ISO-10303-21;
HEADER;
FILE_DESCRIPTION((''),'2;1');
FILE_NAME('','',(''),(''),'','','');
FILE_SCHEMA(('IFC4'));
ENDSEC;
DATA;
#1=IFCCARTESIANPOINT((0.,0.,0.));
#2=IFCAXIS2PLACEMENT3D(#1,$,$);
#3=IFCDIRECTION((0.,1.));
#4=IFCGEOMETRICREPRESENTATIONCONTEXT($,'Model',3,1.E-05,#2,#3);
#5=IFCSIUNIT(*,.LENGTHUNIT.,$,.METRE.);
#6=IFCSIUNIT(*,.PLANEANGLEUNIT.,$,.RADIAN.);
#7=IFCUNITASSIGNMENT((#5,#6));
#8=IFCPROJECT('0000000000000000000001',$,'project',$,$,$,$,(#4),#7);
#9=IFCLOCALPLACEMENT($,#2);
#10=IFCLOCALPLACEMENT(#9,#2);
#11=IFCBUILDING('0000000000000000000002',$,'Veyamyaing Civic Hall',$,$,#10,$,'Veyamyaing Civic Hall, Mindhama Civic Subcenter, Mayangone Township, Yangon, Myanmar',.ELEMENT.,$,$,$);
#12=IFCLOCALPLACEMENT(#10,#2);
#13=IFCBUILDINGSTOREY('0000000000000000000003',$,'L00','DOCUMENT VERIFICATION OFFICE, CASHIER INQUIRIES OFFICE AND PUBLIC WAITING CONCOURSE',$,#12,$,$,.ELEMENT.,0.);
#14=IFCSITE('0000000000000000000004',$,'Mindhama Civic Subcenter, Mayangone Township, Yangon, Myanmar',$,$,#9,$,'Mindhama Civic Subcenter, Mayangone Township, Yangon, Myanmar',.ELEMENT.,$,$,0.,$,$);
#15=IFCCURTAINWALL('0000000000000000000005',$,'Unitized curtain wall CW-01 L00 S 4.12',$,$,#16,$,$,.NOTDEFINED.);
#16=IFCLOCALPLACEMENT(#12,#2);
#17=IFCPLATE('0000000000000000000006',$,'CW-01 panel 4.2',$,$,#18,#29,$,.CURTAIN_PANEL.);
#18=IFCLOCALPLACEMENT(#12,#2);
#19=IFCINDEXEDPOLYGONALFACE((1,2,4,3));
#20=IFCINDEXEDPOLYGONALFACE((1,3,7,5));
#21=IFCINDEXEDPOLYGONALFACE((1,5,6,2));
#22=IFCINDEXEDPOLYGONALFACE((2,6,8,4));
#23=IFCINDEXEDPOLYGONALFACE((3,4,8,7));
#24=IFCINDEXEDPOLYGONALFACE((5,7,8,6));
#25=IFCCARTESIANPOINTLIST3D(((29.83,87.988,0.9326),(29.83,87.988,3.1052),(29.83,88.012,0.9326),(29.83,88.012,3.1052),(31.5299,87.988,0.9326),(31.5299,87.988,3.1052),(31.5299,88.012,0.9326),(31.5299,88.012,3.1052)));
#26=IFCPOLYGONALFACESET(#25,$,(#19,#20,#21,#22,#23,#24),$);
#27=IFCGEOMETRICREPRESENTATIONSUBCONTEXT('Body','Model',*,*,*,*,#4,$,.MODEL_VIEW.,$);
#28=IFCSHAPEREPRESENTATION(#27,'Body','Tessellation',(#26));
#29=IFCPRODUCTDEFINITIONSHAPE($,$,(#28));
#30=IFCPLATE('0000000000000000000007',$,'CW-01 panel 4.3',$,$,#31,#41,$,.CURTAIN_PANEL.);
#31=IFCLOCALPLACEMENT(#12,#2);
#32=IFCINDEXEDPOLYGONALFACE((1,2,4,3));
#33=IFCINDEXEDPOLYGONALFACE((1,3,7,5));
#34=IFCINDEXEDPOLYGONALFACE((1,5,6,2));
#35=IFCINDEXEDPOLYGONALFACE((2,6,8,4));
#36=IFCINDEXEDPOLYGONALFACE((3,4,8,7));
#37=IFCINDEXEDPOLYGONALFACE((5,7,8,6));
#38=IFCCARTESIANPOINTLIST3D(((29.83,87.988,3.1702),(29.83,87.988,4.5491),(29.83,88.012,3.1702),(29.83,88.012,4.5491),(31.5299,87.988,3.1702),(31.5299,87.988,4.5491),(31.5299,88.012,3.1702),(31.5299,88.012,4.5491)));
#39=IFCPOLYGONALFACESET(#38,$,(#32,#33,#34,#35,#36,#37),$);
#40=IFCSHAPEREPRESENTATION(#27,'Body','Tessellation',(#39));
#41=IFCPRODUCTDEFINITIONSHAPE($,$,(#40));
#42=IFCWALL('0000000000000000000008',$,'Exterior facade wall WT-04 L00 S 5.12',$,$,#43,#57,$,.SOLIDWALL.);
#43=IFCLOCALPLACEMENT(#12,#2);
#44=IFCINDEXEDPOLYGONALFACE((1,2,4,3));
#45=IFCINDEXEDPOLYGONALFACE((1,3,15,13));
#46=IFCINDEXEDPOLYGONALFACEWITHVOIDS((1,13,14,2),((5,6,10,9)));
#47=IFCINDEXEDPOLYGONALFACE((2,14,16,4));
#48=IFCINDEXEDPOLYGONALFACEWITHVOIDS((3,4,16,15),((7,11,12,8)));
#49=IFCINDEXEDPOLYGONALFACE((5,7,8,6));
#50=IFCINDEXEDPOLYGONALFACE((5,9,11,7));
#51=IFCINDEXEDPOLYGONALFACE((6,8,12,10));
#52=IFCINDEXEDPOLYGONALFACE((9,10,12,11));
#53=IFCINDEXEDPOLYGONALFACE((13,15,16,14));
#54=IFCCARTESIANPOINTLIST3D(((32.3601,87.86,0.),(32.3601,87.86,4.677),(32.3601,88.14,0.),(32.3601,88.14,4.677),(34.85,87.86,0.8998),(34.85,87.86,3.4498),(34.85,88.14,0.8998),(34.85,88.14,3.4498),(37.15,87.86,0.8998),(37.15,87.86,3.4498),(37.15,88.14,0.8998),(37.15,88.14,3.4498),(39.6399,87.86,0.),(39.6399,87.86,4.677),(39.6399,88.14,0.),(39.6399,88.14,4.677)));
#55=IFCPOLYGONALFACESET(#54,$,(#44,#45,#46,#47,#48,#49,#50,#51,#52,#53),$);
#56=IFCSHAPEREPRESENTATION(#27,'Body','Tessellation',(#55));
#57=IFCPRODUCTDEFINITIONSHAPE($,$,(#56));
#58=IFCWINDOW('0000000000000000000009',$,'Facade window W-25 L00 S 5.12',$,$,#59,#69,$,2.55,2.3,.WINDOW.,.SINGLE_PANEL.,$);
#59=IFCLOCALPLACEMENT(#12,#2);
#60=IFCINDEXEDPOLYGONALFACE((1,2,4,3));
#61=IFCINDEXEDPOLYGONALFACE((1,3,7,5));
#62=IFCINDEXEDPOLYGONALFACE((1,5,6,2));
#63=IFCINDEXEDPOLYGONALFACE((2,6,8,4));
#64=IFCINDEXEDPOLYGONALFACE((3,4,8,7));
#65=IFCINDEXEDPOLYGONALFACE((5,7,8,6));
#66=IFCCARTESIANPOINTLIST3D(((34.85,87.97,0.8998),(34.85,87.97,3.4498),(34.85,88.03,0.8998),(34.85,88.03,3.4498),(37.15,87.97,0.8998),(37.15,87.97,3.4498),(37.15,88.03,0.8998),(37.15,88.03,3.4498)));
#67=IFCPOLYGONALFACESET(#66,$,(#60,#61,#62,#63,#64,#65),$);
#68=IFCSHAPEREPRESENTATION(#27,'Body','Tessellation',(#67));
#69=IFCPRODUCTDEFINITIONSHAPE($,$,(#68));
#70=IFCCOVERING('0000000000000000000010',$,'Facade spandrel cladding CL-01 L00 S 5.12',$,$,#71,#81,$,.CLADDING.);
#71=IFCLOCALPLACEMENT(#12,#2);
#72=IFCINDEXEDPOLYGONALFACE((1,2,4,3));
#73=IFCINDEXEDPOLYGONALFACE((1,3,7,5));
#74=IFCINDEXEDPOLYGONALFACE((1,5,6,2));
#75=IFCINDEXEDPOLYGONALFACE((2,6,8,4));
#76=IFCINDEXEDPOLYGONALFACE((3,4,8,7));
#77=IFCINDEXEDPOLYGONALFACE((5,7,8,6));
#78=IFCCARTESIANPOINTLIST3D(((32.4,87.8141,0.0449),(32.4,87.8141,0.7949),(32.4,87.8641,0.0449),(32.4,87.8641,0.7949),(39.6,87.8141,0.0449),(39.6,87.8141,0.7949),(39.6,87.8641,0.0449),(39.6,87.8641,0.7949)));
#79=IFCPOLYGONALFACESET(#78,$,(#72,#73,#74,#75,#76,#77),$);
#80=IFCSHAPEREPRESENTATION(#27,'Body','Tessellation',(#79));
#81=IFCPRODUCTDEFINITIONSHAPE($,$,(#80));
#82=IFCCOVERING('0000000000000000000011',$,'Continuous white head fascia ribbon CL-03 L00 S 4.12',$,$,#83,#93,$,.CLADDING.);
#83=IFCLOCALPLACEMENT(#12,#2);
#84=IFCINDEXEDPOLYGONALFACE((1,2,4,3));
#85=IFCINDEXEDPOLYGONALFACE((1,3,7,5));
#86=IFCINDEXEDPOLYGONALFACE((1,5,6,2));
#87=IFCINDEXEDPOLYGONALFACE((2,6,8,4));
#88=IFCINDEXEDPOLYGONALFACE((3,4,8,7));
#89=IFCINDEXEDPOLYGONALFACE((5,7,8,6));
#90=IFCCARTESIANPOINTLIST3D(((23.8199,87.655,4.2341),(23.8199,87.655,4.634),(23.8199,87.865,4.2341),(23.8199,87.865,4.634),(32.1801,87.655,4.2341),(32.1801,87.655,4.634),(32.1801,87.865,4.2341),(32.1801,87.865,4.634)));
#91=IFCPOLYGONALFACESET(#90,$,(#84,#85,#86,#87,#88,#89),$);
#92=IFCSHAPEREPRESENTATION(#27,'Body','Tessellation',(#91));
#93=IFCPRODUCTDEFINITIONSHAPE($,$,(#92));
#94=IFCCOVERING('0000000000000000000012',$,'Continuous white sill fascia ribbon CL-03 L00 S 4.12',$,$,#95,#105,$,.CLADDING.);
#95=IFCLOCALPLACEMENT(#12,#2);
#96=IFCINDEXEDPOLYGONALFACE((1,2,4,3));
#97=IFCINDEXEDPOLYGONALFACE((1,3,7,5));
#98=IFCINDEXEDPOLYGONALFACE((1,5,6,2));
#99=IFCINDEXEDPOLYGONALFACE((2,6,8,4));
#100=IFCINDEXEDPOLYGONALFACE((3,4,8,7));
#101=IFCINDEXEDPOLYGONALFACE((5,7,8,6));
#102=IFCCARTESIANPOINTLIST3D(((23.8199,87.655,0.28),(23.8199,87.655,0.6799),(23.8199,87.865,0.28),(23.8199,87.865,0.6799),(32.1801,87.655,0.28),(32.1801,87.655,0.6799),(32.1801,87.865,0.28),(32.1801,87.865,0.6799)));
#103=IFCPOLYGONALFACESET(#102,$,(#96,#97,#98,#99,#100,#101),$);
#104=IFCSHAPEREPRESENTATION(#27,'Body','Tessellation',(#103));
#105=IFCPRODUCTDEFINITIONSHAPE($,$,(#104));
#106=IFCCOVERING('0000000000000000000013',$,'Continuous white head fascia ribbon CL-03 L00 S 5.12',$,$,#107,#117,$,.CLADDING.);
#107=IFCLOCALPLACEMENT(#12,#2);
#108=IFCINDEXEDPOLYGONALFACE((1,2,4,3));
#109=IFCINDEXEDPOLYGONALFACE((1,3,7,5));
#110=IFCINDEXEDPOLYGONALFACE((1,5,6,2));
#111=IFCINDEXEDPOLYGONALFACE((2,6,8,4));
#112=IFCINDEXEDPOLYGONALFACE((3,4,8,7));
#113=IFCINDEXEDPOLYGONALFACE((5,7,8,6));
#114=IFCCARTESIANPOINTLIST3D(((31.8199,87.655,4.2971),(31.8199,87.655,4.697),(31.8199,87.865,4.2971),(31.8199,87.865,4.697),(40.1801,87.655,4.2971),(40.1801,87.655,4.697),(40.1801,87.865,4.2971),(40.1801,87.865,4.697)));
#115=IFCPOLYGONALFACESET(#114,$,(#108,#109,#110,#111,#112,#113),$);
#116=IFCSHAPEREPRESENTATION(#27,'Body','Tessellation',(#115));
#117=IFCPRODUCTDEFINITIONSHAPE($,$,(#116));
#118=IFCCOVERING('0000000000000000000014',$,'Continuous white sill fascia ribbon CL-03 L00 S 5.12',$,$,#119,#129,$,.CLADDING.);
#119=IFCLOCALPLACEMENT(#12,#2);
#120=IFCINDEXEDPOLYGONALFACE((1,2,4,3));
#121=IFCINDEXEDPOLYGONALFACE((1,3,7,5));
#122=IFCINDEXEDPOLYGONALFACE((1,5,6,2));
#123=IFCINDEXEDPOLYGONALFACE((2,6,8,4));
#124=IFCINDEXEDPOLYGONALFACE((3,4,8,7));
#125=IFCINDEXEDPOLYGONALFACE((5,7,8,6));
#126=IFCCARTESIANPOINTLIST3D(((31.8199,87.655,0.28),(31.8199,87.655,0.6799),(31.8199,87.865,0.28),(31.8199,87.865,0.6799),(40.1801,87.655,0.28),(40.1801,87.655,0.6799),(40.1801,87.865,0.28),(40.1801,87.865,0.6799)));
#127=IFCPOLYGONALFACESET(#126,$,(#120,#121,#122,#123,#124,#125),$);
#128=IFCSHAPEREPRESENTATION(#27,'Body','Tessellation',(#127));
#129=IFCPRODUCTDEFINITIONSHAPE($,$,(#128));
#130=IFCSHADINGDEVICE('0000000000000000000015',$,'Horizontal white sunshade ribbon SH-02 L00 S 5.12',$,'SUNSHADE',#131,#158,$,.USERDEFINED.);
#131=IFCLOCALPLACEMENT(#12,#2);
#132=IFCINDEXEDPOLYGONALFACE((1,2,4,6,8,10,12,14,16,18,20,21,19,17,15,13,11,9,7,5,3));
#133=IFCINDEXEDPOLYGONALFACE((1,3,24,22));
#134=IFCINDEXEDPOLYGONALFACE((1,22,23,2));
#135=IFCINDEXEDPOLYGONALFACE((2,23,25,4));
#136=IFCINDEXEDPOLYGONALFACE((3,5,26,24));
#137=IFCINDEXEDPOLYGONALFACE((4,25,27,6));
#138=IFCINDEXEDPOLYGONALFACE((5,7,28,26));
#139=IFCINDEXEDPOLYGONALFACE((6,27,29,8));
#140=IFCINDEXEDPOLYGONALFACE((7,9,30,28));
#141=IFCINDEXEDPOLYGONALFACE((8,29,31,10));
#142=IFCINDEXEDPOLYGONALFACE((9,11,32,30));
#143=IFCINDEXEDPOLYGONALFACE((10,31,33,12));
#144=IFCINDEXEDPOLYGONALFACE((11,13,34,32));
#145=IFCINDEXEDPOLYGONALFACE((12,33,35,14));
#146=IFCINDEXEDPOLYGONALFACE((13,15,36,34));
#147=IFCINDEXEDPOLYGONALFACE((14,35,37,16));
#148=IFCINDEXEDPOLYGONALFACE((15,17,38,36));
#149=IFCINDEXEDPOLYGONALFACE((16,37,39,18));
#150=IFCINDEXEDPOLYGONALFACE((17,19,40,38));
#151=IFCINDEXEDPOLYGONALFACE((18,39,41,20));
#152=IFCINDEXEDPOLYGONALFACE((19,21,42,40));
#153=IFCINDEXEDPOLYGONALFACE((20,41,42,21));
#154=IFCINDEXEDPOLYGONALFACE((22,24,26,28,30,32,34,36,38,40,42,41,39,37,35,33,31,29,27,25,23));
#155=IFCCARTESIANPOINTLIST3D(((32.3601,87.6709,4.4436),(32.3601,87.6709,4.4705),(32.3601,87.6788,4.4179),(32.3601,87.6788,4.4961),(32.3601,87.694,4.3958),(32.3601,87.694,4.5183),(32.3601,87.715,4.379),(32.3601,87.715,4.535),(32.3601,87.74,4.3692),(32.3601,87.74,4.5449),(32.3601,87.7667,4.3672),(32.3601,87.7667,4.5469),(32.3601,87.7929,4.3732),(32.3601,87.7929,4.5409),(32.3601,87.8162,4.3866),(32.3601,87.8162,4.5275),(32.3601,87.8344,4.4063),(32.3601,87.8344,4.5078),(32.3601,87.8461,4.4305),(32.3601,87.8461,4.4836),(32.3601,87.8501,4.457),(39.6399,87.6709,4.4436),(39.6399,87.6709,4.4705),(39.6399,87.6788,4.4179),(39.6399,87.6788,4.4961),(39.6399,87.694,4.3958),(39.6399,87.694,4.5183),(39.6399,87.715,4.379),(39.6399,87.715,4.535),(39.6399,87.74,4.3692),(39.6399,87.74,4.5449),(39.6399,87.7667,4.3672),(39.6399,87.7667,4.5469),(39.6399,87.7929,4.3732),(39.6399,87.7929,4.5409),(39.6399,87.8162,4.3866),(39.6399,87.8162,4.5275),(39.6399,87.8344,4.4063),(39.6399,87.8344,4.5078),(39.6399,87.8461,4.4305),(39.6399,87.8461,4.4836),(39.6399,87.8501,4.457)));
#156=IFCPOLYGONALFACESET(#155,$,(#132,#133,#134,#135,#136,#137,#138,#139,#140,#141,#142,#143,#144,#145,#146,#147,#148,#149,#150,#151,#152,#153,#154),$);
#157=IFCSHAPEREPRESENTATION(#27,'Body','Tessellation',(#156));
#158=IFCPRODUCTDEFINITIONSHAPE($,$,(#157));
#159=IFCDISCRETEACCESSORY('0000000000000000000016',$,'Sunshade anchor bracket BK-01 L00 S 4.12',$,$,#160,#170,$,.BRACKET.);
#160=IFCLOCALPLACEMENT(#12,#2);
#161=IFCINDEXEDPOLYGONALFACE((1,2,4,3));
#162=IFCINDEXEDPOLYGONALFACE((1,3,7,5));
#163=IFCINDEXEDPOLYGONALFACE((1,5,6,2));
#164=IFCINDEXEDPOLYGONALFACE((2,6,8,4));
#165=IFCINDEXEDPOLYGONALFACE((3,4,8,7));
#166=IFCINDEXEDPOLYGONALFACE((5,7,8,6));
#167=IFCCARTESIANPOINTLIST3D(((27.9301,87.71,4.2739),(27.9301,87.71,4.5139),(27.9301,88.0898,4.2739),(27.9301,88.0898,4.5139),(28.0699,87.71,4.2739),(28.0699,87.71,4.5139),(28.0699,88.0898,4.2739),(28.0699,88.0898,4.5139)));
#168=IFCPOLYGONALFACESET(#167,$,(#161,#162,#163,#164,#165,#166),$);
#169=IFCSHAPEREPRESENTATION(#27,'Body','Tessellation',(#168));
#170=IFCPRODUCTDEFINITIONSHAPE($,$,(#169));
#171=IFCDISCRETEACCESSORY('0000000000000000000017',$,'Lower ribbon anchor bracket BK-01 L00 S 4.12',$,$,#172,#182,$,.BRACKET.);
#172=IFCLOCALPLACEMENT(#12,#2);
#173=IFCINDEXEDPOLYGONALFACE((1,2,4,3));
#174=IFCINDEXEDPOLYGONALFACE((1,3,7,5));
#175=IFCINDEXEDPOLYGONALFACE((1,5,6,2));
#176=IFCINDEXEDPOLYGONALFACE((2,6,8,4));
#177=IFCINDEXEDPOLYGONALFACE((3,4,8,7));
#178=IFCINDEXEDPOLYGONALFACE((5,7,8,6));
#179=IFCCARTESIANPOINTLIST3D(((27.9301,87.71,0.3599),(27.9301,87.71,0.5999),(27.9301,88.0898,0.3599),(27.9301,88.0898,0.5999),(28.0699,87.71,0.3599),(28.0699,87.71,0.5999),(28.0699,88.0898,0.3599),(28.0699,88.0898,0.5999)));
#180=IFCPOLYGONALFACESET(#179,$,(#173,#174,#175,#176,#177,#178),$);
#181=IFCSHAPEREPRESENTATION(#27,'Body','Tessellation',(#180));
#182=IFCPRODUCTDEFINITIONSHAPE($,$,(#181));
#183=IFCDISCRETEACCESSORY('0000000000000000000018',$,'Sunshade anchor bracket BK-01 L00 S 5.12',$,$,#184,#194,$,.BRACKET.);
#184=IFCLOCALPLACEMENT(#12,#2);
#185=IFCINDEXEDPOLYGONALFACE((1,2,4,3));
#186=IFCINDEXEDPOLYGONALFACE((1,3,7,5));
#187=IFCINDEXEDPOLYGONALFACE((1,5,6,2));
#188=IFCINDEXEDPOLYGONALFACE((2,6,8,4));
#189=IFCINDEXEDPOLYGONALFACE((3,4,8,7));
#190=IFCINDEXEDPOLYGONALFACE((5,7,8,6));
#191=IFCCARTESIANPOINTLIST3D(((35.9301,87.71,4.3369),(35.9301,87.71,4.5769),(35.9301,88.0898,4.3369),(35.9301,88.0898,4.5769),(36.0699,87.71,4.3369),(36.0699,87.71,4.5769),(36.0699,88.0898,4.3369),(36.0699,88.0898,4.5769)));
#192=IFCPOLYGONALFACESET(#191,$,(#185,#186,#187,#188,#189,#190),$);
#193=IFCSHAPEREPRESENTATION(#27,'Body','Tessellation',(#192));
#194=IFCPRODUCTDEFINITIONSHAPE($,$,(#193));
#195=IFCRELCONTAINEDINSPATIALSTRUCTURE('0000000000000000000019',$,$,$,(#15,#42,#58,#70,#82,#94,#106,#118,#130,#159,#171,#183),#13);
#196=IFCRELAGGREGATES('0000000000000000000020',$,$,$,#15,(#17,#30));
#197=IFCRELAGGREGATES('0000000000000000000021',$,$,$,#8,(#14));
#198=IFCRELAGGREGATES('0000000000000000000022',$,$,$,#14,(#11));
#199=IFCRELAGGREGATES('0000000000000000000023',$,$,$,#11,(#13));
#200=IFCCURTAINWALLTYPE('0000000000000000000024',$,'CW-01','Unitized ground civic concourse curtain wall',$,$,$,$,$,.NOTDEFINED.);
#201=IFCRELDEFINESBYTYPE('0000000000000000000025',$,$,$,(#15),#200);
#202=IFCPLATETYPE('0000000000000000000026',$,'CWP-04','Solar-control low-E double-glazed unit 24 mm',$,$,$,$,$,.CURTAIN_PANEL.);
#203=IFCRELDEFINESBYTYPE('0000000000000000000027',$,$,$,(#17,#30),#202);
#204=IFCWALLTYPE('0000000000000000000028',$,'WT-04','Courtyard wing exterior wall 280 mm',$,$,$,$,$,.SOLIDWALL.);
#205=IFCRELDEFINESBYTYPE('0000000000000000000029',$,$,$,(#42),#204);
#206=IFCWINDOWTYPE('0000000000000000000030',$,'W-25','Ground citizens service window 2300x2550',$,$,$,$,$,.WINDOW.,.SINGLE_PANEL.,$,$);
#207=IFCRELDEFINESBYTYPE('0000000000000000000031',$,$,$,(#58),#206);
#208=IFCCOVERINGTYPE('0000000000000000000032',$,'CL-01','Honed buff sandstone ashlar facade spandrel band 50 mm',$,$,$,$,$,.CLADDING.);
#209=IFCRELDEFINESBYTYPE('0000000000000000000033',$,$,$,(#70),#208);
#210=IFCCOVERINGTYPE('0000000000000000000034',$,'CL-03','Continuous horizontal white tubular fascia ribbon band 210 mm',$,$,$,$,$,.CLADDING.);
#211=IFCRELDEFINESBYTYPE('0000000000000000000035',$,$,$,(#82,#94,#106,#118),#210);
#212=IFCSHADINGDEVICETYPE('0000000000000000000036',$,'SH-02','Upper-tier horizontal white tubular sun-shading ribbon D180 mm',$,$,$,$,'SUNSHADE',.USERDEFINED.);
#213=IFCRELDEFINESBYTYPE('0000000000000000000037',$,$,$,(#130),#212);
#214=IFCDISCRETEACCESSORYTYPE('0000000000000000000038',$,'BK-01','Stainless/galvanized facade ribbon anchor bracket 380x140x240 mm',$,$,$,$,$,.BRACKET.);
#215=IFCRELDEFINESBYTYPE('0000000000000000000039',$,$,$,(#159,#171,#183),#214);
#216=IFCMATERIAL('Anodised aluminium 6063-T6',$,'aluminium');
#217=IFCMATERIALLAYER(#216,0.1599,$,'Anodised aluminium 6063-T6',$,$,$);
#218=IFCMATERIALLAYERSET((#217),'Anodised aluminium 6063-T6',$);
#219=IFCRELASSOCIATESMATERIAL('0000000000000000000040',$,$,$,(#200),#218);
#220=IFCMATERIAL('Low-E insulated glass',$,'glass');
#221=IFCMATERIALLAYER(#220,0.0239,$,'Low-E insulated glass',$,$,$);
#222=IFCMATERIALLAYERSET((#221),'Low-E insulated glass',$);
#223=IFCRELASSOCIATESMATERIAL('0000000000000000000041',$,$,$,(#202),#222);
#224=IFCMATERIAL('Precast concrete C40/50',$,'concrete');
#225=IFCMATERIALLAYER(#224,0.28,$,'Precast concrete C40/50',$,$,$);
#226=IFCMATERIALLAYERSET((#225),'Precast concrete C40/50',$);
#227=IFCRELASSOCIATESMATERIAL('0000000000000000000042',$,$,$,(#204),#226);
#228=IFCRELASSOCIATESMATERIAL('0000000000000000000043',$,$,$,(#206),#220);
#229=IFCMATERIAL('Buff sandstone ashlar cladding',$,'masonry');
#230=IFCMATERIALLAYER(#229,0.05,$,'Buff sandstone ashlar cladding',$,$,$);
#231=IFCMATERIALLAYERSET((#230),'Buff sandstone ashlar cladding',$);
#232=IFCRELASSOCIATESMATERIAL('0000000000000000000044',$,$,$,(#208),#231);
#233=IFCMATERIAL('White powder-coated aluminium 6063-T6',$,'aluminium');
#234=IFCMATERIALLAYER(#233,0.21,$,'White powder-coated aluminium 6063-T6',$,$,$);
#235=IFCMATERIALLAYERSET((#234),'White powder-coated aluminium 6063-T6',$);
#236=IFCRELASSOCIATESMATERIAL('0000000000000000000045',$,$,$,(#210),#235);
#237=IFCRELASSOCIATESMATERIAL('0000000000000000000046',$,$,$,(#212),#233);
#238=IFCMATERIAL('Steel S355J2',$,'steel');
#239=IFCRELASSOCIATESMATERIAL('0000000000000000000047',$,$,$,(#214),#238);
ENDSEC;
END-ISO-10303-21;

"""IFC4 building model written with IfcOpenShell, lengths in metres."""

from ifc_helpers import new_model, si_unit, direction, frame, frame_2d, origin, origin_2d, place, context, subcontext, project, spatial, rectangle, circle, extrude, material, layer, layer_set, material_profile, profile_set, type_object, element, fill, aggregate, save


model = new_model("IFC4")

# Units and contexts
model_context = context("Model", 3, precision=1e-05, world=origin(), true_north=direction((0.0, 1.0)))
body_context = subcontext(model_context, "Body", "Model", "MODEL_VIEW")
ifc_project = project(units=[si_unit("LENGTHUNIT", "METRE"), si_unit("PLANEANGLEUNIT", "RADIAN")], contexts=[model_context])

# Site, building, storey
site_placement = place(None, origin())
site = spatial("IfcSite", under=ifc_project, at=site_placement, Name="Mindhama Civic Subcenter, Mayangone Township, Yangon, Myanmar", LongName="Mindhama Civic Subcenter, Mayangone Township, Yangon, Myanmar", CompositionType="ELEMENT", RefElevation=0.0)
building_placement = place(site_placement, origin())
building = spatial("IfcBuilding", under=site, at=building_placement, Name="Veyamyaing Civic Hall", LongName="Veyamyaing Civic Hall, Mindhama Civic Subcenter, Mayangone Township, Yangon, Myanmar", CompositionType="ELEMENT")
storey_placement = place(building_placement, origin())
storey = spatial("IfcBuildingStorey", under=building, at=storey_placement, Name="L00", Description="DOCUMENT VERIFICATION OFFICE, CASHIER INQUIRIES OFFICE AND PUBLIC WAITING CONCOURSE", CompositionType="ELEMENT", Elevation=0.0)

# Curtain wall
ifc_material_1 = material(Name="Anodised aluminium 6063-T6", Category="aluminium")
ifc_layer_1 = layer(ifc_material_1, 0.1599, Name="Anodised aluminium 6063-T6")
ifc_layer_set_1 = layer_set([ifc_layer_1], Name="Anodised aluminium 6063-T6")
curtain_wall_type = type_object("IfcCurtainWallType", Name="CW-01", Description="Unitized ground civic concourse curtain wall", PredefinedType="NOTDEFINED", material=ifc_layer_set_1)
curtain_wall_placement = place(storey_placement, origin())
curtain_wall = element("IfcCurtainWall", 1, at=curtain_wall_placement, inside=storey, type_object=curtain_wall_type, Name="Unitized curtain wall CW-01 L00 S 4.12", PredefinedType="NOTDEFINED")

# Plates
ifc_material_2 = material(Name="Low-E insulated glass", Category="glass")
ifc_layer_2 = layer(ifc_material_2, 0.0239, Name="Low-E insulated glass")
ifc_layer_set_2 = layer_set([ifc_layer_2], Name="Low-E insulated glass")
plate_type = type_object("IfcPlateType", Name="CWP-04", Description="Solar-control low-E double-glazed unit 24 mm", PredefinedType="CURTAIN_PANEL", material=ifc_layer_set_2)
plate_1_placement = place(storey_placement, frame((30.6799, 88.0, 0.9326), z_axis=(0.0, 0.0, 1.0), x_axis=(1.0, 0.0, 0.0)))
plate_1 = element("IfcPlate", 2, at=plate_1_placement, type_object=plate_type, Name="CW-01 panel 4.2", PredefinedType="CURTAIN_PANEL", context=body_context, shape_type="SweptSolid", body=[
    extrude(rectangle(XDim=1.7, YDim=0.0239, at=origin_2d()), origin(), (0.0, 0.0, 1.0), 2.1726),
])
plate_2_placement = place(storey_placement, frame((30.6799, 88.0, 3.1702), z_axis=(0.0, 0.0, 1.0), x_axis=(1.0, 0.0, 0.0)))
plate_2 = element("IfcPlate", 3, at=plate_2_placement, type_object=plate_type, Name="CW-01 panel 4.3", PredefinedType="CURTAIN_PANEL", context=body_context, shape_type="SweptSolid", body=[
    extrude(rectangle(XDim=1.7, YDim=0.0239, at=origin_2d()), origin(), (0.0, 0.0, 1.0), 1.3789),
])
aggregate(curtain_wall, [plate_1, plate_2])

# Wall, opening, window
ifc_material_3 = material(Name="Precast concrete C40/50", Category="concrete")
ifc_layer_3 = layer(ifc_material_3, 0.28, Name="Precast concrete C40/50")
ifc_layer_set_3 = layer_set([ifc_layer_3], Name="Precast concrete C40/50")
wall_type = type_object("IfcWallType", Name="WT-04", Description="Courtyard wing exterior wall 280 mm", PredefinedType="SOLIDWALL", material=ifc_layer_set_3)
wall_placement = place(storey_placement, frame((32.3601, 88.0, 0.0), z_axis=(0.0, 0.0, 1.0), x_axis=(1.0, 0.0, 0.0)))
wall = element("IfcWall", 4, at=wall_placement, inside=storey, type_object=wall_type, Name="Exterior facade wall WT-04 L00 S 5.12", PredefinedType="SOLIDWALL", context=body_context, shape_type="SweptSolid", body=[
    extrude(rectangle(XDim=7.2798, YDim=0.28, at=frame_2d((3.6399, 0.0))), origin(), (0.0, 0.0, 1.0), 4.677),
])
opening_placement = place(wall_placement, frame((2.49, 0.0, 0.8999)))
opening = element("IfcOpeningElement", 5, at=opening_placement, cuts=wall, PredefinedType="OPENING", context=body_context, shape_type="SweptSolid", body=[
    extrude(rectangle(XDim=2.3, YDim=2.55, at=frame_2d((1.1499, 1.2749))), frame((0.0, 0.1499, 0.0), z_axis=(0.0, -1.0, 0.0), x_axis=(1.0, 0.0, 0.0)), (0.0, 0.0, 1.0), 0.3),
])
window_type = type_object("IfcWindowType", Name="W-25", Description="Ground citizens service window 2300x2550", PartitioningType="SINGLE_PANEL", PredefinedType="WINDOW", material=ifc_material_2)
window_placement = place(opening_placement, origin())
window = element("IfcWindow", 6, at=window_placement, inside=storey, type_object=window_type, Name="Facade window W-25 L00 S 5.12", OverallHeight=2.55, OverallWidth=2.3, PartitioningType="SINGLE_PANEL", PredefinedType="WINDOW", context=body_context, shape_type="SweptSolid", body=[
    extrude(rectangle(XDim=2.3, YDim=2.55, at=frame_2d((1.1499, 1.2749))), frame((0.0, 0.03, 0.0), z_axis=(0.0, -1.0, 0.0), x_axis=(1.0, 0.0, 0.0)), (0.0, 0.0, 1.0), 0.0601),
])
fill(opening, window)

# Coverings
ifc_material_4 = material(Name="Buff sandstone ashlar cladding", Category="masonry")
ifc_layer_4 = layer(ifc_material_4, 0.05, Name="Buff sandstone ashlar cladding")
ifc_layer_set_4 = layer_set([ifc_layer_4], Name="Buff sandstone ashlar cladding")
covering_type_1 = type_object("IfcCoveringType", Name="CL-01", Description="Honed buff sandstone ashlar facade spandrel band 50 mm", PredefinedType="CLADDING", material=ifc_layer_set_4)
covering_placement = place(storey_placement, frame((36.0, 87.8391, 0.0449), z_axis=(0.0, 0.0, 1.0), x_axis=(1.0, 0.0, 0.0)))
element("IfcCovering", 7, at=covering_placement, inside=storey, type_object=covering_type_1, Name="Facade spandrel cladding CL-01 L00 S 5.12", PredefinedType="CLADDING", context=body_context, shape_type="SweptSolid", body=[
    extrude(rectangle(XDim=7.2, YDim=0.05, at=origin_2d()), origin(), (0.0, 0.0, 1.0), 0.75),
])
ifc_material_5 = material(Name="White powder-coated aluminium 6063-T6", Category="aluminium")
ifc_layer_5 = layer(ifc_material_5, 0.21, Name="White powder-coated aluminium 6063-T6")
ifc_layer_set_5 = layer_set([ifc_layer_5], Name="White powder-coated aluminium 6063-T6")
covering_type_2 = type_object("IfcCoveringType", Name="CL-03", Description="Continuous horizontal white tubular fascia ribbon band 210 mm", PredefinedType="CLADDING", material=ifc_layer_set_5)
for number, where, z_axis, x_axis, name in (
    (8, (28.0, 87.76, 4.2341), (0.0, 0.0, 1.0), (1.0, 0.0, 0.0), "Continuous white head fascia ribbon CL-03 L00 S 4.12"),
    (9, (28.0, 87.76, 0.28), (0.0, 0.0, 1.0), (1.0, 0.0, 0.0), "Continuous white sill fascia ribbon CL-03 L00 S 4.12"),
    (10, (36.0, 87.76, 4.2971), (0.0, 0.0, 1.0), (1.0, 0.0, 0.0), "Continuous white head fascia ribbon CL-03 L00 S 5.12"),
    (11, (36.0, 87.76, 0.28), (0.0, 0.0, 1.0), (1.0, 0.0, 0.0), "Continuous white sill fascia ribbon CL-03 L00 S 5.12"),
):
    element("IfcCovering", number, at=place(storey_placement, frame(where, z_axis=z_axis, x_axis=x_axis)), inside=storey, type_object=covering_type_2, Name=name, PredefinedType="CLADDING", context=body_context, shape_type="SweptSolid", body=[
        extrude(rectangle(XDim=8.3601, YDim=0.21, at=origin_2d()), origin(), (0.0, 0.0, 1.0), 0.3999),
    ])

# Shading device
ifc_material_profile_1 = material_profile(ifc_material_5, circle(Radius=0.0901, at=origin_2d()), Name="SHADE-TUBE-180")
ifc_profile_set_1 = profile_set([ifc_material_profile_1], Name="White powder-coated aluminium 6063-T6")
shading_device_type = type_object("IfcShadingDeviceType", Name="SH-02", Description="Upper-tier horizontal white tubular sun-shading ribbon D180 mm", ElementType="SUNSHADE", PredefinedType="USERDEFINED", material=ifc_profile_set_1)
shading_device_placement = place(storey_placement, frame((32.3601, 87.76, 4.457), z_axis=(1.0, 0.0, 0.0), x_axis=(0.0, 1.0, 0.0)))
element("IfcShadingDevice", 12, at=shading_device_placement, inside=storey, type_object=shading_device_type, Name="Horizontal white sunshade ribbon SH-02 L00 S 5.12", ObjectType="SUNSHADE", PredefinedType="USERDEFINED", context=body_context, shape_type="SweptSolid", body=[
    extrude(circle(Radius=0.0901, at=origin_2d()), origin(), (0.0, 0.0, 1.0), 7.2798),
])

# Discrete accessories
ifc_material_6 = material(Name="Steel S355J2", Category="steel")
discrete_accessory_type = type_object("IfcDiscreteAccessoryType", Name="BK-01", Description="Stainless/galvanized facade ribbon anchor bracket 380x140x240 mm", PredefinedType="BRACKET", material=ifc_material_6)
for number, where, z_axis, x_axis, name in (
    (13, (28.0, 87.8999, 4.2739), (0.0, 0.0, 1.0), (0.0, -1.0, 0.0), "Sunshade anchor bracket BK-01 L00 S 4.12"),
    (14, (28.0, 87.8999, 0.3599), (0.0, 0.0, 1.0), (0.0, -1.0, 0.0), "Lower ribbon anchor bracket BK-01 L00 S 4.12"),
    (15, (36.0, 87.8999, 4.3369), (0.0, 0.0, 1.0), (0.0, -1.0, 0.0), "Sunshade anchor bracket BK-01 L00 S 5.12"),
):
    element("IfcDiscreteAccessory", number, at=place(storey_placement, frame(where, z_axis=z_axis, x_axis=x_axis)), inside=storey, type_object=discrete_accessory_type, Name=name, PredefinedType="BRACKET", context=body_context, shape_type="SweptSolid", body=[
        extrude(rectangle(XDim=0.3799, YDim=0.1399, at=origin_2d()), origin(), (0.0, 0.0, 1.0), 0.24),
    ])

save(model, "model.ifc")
